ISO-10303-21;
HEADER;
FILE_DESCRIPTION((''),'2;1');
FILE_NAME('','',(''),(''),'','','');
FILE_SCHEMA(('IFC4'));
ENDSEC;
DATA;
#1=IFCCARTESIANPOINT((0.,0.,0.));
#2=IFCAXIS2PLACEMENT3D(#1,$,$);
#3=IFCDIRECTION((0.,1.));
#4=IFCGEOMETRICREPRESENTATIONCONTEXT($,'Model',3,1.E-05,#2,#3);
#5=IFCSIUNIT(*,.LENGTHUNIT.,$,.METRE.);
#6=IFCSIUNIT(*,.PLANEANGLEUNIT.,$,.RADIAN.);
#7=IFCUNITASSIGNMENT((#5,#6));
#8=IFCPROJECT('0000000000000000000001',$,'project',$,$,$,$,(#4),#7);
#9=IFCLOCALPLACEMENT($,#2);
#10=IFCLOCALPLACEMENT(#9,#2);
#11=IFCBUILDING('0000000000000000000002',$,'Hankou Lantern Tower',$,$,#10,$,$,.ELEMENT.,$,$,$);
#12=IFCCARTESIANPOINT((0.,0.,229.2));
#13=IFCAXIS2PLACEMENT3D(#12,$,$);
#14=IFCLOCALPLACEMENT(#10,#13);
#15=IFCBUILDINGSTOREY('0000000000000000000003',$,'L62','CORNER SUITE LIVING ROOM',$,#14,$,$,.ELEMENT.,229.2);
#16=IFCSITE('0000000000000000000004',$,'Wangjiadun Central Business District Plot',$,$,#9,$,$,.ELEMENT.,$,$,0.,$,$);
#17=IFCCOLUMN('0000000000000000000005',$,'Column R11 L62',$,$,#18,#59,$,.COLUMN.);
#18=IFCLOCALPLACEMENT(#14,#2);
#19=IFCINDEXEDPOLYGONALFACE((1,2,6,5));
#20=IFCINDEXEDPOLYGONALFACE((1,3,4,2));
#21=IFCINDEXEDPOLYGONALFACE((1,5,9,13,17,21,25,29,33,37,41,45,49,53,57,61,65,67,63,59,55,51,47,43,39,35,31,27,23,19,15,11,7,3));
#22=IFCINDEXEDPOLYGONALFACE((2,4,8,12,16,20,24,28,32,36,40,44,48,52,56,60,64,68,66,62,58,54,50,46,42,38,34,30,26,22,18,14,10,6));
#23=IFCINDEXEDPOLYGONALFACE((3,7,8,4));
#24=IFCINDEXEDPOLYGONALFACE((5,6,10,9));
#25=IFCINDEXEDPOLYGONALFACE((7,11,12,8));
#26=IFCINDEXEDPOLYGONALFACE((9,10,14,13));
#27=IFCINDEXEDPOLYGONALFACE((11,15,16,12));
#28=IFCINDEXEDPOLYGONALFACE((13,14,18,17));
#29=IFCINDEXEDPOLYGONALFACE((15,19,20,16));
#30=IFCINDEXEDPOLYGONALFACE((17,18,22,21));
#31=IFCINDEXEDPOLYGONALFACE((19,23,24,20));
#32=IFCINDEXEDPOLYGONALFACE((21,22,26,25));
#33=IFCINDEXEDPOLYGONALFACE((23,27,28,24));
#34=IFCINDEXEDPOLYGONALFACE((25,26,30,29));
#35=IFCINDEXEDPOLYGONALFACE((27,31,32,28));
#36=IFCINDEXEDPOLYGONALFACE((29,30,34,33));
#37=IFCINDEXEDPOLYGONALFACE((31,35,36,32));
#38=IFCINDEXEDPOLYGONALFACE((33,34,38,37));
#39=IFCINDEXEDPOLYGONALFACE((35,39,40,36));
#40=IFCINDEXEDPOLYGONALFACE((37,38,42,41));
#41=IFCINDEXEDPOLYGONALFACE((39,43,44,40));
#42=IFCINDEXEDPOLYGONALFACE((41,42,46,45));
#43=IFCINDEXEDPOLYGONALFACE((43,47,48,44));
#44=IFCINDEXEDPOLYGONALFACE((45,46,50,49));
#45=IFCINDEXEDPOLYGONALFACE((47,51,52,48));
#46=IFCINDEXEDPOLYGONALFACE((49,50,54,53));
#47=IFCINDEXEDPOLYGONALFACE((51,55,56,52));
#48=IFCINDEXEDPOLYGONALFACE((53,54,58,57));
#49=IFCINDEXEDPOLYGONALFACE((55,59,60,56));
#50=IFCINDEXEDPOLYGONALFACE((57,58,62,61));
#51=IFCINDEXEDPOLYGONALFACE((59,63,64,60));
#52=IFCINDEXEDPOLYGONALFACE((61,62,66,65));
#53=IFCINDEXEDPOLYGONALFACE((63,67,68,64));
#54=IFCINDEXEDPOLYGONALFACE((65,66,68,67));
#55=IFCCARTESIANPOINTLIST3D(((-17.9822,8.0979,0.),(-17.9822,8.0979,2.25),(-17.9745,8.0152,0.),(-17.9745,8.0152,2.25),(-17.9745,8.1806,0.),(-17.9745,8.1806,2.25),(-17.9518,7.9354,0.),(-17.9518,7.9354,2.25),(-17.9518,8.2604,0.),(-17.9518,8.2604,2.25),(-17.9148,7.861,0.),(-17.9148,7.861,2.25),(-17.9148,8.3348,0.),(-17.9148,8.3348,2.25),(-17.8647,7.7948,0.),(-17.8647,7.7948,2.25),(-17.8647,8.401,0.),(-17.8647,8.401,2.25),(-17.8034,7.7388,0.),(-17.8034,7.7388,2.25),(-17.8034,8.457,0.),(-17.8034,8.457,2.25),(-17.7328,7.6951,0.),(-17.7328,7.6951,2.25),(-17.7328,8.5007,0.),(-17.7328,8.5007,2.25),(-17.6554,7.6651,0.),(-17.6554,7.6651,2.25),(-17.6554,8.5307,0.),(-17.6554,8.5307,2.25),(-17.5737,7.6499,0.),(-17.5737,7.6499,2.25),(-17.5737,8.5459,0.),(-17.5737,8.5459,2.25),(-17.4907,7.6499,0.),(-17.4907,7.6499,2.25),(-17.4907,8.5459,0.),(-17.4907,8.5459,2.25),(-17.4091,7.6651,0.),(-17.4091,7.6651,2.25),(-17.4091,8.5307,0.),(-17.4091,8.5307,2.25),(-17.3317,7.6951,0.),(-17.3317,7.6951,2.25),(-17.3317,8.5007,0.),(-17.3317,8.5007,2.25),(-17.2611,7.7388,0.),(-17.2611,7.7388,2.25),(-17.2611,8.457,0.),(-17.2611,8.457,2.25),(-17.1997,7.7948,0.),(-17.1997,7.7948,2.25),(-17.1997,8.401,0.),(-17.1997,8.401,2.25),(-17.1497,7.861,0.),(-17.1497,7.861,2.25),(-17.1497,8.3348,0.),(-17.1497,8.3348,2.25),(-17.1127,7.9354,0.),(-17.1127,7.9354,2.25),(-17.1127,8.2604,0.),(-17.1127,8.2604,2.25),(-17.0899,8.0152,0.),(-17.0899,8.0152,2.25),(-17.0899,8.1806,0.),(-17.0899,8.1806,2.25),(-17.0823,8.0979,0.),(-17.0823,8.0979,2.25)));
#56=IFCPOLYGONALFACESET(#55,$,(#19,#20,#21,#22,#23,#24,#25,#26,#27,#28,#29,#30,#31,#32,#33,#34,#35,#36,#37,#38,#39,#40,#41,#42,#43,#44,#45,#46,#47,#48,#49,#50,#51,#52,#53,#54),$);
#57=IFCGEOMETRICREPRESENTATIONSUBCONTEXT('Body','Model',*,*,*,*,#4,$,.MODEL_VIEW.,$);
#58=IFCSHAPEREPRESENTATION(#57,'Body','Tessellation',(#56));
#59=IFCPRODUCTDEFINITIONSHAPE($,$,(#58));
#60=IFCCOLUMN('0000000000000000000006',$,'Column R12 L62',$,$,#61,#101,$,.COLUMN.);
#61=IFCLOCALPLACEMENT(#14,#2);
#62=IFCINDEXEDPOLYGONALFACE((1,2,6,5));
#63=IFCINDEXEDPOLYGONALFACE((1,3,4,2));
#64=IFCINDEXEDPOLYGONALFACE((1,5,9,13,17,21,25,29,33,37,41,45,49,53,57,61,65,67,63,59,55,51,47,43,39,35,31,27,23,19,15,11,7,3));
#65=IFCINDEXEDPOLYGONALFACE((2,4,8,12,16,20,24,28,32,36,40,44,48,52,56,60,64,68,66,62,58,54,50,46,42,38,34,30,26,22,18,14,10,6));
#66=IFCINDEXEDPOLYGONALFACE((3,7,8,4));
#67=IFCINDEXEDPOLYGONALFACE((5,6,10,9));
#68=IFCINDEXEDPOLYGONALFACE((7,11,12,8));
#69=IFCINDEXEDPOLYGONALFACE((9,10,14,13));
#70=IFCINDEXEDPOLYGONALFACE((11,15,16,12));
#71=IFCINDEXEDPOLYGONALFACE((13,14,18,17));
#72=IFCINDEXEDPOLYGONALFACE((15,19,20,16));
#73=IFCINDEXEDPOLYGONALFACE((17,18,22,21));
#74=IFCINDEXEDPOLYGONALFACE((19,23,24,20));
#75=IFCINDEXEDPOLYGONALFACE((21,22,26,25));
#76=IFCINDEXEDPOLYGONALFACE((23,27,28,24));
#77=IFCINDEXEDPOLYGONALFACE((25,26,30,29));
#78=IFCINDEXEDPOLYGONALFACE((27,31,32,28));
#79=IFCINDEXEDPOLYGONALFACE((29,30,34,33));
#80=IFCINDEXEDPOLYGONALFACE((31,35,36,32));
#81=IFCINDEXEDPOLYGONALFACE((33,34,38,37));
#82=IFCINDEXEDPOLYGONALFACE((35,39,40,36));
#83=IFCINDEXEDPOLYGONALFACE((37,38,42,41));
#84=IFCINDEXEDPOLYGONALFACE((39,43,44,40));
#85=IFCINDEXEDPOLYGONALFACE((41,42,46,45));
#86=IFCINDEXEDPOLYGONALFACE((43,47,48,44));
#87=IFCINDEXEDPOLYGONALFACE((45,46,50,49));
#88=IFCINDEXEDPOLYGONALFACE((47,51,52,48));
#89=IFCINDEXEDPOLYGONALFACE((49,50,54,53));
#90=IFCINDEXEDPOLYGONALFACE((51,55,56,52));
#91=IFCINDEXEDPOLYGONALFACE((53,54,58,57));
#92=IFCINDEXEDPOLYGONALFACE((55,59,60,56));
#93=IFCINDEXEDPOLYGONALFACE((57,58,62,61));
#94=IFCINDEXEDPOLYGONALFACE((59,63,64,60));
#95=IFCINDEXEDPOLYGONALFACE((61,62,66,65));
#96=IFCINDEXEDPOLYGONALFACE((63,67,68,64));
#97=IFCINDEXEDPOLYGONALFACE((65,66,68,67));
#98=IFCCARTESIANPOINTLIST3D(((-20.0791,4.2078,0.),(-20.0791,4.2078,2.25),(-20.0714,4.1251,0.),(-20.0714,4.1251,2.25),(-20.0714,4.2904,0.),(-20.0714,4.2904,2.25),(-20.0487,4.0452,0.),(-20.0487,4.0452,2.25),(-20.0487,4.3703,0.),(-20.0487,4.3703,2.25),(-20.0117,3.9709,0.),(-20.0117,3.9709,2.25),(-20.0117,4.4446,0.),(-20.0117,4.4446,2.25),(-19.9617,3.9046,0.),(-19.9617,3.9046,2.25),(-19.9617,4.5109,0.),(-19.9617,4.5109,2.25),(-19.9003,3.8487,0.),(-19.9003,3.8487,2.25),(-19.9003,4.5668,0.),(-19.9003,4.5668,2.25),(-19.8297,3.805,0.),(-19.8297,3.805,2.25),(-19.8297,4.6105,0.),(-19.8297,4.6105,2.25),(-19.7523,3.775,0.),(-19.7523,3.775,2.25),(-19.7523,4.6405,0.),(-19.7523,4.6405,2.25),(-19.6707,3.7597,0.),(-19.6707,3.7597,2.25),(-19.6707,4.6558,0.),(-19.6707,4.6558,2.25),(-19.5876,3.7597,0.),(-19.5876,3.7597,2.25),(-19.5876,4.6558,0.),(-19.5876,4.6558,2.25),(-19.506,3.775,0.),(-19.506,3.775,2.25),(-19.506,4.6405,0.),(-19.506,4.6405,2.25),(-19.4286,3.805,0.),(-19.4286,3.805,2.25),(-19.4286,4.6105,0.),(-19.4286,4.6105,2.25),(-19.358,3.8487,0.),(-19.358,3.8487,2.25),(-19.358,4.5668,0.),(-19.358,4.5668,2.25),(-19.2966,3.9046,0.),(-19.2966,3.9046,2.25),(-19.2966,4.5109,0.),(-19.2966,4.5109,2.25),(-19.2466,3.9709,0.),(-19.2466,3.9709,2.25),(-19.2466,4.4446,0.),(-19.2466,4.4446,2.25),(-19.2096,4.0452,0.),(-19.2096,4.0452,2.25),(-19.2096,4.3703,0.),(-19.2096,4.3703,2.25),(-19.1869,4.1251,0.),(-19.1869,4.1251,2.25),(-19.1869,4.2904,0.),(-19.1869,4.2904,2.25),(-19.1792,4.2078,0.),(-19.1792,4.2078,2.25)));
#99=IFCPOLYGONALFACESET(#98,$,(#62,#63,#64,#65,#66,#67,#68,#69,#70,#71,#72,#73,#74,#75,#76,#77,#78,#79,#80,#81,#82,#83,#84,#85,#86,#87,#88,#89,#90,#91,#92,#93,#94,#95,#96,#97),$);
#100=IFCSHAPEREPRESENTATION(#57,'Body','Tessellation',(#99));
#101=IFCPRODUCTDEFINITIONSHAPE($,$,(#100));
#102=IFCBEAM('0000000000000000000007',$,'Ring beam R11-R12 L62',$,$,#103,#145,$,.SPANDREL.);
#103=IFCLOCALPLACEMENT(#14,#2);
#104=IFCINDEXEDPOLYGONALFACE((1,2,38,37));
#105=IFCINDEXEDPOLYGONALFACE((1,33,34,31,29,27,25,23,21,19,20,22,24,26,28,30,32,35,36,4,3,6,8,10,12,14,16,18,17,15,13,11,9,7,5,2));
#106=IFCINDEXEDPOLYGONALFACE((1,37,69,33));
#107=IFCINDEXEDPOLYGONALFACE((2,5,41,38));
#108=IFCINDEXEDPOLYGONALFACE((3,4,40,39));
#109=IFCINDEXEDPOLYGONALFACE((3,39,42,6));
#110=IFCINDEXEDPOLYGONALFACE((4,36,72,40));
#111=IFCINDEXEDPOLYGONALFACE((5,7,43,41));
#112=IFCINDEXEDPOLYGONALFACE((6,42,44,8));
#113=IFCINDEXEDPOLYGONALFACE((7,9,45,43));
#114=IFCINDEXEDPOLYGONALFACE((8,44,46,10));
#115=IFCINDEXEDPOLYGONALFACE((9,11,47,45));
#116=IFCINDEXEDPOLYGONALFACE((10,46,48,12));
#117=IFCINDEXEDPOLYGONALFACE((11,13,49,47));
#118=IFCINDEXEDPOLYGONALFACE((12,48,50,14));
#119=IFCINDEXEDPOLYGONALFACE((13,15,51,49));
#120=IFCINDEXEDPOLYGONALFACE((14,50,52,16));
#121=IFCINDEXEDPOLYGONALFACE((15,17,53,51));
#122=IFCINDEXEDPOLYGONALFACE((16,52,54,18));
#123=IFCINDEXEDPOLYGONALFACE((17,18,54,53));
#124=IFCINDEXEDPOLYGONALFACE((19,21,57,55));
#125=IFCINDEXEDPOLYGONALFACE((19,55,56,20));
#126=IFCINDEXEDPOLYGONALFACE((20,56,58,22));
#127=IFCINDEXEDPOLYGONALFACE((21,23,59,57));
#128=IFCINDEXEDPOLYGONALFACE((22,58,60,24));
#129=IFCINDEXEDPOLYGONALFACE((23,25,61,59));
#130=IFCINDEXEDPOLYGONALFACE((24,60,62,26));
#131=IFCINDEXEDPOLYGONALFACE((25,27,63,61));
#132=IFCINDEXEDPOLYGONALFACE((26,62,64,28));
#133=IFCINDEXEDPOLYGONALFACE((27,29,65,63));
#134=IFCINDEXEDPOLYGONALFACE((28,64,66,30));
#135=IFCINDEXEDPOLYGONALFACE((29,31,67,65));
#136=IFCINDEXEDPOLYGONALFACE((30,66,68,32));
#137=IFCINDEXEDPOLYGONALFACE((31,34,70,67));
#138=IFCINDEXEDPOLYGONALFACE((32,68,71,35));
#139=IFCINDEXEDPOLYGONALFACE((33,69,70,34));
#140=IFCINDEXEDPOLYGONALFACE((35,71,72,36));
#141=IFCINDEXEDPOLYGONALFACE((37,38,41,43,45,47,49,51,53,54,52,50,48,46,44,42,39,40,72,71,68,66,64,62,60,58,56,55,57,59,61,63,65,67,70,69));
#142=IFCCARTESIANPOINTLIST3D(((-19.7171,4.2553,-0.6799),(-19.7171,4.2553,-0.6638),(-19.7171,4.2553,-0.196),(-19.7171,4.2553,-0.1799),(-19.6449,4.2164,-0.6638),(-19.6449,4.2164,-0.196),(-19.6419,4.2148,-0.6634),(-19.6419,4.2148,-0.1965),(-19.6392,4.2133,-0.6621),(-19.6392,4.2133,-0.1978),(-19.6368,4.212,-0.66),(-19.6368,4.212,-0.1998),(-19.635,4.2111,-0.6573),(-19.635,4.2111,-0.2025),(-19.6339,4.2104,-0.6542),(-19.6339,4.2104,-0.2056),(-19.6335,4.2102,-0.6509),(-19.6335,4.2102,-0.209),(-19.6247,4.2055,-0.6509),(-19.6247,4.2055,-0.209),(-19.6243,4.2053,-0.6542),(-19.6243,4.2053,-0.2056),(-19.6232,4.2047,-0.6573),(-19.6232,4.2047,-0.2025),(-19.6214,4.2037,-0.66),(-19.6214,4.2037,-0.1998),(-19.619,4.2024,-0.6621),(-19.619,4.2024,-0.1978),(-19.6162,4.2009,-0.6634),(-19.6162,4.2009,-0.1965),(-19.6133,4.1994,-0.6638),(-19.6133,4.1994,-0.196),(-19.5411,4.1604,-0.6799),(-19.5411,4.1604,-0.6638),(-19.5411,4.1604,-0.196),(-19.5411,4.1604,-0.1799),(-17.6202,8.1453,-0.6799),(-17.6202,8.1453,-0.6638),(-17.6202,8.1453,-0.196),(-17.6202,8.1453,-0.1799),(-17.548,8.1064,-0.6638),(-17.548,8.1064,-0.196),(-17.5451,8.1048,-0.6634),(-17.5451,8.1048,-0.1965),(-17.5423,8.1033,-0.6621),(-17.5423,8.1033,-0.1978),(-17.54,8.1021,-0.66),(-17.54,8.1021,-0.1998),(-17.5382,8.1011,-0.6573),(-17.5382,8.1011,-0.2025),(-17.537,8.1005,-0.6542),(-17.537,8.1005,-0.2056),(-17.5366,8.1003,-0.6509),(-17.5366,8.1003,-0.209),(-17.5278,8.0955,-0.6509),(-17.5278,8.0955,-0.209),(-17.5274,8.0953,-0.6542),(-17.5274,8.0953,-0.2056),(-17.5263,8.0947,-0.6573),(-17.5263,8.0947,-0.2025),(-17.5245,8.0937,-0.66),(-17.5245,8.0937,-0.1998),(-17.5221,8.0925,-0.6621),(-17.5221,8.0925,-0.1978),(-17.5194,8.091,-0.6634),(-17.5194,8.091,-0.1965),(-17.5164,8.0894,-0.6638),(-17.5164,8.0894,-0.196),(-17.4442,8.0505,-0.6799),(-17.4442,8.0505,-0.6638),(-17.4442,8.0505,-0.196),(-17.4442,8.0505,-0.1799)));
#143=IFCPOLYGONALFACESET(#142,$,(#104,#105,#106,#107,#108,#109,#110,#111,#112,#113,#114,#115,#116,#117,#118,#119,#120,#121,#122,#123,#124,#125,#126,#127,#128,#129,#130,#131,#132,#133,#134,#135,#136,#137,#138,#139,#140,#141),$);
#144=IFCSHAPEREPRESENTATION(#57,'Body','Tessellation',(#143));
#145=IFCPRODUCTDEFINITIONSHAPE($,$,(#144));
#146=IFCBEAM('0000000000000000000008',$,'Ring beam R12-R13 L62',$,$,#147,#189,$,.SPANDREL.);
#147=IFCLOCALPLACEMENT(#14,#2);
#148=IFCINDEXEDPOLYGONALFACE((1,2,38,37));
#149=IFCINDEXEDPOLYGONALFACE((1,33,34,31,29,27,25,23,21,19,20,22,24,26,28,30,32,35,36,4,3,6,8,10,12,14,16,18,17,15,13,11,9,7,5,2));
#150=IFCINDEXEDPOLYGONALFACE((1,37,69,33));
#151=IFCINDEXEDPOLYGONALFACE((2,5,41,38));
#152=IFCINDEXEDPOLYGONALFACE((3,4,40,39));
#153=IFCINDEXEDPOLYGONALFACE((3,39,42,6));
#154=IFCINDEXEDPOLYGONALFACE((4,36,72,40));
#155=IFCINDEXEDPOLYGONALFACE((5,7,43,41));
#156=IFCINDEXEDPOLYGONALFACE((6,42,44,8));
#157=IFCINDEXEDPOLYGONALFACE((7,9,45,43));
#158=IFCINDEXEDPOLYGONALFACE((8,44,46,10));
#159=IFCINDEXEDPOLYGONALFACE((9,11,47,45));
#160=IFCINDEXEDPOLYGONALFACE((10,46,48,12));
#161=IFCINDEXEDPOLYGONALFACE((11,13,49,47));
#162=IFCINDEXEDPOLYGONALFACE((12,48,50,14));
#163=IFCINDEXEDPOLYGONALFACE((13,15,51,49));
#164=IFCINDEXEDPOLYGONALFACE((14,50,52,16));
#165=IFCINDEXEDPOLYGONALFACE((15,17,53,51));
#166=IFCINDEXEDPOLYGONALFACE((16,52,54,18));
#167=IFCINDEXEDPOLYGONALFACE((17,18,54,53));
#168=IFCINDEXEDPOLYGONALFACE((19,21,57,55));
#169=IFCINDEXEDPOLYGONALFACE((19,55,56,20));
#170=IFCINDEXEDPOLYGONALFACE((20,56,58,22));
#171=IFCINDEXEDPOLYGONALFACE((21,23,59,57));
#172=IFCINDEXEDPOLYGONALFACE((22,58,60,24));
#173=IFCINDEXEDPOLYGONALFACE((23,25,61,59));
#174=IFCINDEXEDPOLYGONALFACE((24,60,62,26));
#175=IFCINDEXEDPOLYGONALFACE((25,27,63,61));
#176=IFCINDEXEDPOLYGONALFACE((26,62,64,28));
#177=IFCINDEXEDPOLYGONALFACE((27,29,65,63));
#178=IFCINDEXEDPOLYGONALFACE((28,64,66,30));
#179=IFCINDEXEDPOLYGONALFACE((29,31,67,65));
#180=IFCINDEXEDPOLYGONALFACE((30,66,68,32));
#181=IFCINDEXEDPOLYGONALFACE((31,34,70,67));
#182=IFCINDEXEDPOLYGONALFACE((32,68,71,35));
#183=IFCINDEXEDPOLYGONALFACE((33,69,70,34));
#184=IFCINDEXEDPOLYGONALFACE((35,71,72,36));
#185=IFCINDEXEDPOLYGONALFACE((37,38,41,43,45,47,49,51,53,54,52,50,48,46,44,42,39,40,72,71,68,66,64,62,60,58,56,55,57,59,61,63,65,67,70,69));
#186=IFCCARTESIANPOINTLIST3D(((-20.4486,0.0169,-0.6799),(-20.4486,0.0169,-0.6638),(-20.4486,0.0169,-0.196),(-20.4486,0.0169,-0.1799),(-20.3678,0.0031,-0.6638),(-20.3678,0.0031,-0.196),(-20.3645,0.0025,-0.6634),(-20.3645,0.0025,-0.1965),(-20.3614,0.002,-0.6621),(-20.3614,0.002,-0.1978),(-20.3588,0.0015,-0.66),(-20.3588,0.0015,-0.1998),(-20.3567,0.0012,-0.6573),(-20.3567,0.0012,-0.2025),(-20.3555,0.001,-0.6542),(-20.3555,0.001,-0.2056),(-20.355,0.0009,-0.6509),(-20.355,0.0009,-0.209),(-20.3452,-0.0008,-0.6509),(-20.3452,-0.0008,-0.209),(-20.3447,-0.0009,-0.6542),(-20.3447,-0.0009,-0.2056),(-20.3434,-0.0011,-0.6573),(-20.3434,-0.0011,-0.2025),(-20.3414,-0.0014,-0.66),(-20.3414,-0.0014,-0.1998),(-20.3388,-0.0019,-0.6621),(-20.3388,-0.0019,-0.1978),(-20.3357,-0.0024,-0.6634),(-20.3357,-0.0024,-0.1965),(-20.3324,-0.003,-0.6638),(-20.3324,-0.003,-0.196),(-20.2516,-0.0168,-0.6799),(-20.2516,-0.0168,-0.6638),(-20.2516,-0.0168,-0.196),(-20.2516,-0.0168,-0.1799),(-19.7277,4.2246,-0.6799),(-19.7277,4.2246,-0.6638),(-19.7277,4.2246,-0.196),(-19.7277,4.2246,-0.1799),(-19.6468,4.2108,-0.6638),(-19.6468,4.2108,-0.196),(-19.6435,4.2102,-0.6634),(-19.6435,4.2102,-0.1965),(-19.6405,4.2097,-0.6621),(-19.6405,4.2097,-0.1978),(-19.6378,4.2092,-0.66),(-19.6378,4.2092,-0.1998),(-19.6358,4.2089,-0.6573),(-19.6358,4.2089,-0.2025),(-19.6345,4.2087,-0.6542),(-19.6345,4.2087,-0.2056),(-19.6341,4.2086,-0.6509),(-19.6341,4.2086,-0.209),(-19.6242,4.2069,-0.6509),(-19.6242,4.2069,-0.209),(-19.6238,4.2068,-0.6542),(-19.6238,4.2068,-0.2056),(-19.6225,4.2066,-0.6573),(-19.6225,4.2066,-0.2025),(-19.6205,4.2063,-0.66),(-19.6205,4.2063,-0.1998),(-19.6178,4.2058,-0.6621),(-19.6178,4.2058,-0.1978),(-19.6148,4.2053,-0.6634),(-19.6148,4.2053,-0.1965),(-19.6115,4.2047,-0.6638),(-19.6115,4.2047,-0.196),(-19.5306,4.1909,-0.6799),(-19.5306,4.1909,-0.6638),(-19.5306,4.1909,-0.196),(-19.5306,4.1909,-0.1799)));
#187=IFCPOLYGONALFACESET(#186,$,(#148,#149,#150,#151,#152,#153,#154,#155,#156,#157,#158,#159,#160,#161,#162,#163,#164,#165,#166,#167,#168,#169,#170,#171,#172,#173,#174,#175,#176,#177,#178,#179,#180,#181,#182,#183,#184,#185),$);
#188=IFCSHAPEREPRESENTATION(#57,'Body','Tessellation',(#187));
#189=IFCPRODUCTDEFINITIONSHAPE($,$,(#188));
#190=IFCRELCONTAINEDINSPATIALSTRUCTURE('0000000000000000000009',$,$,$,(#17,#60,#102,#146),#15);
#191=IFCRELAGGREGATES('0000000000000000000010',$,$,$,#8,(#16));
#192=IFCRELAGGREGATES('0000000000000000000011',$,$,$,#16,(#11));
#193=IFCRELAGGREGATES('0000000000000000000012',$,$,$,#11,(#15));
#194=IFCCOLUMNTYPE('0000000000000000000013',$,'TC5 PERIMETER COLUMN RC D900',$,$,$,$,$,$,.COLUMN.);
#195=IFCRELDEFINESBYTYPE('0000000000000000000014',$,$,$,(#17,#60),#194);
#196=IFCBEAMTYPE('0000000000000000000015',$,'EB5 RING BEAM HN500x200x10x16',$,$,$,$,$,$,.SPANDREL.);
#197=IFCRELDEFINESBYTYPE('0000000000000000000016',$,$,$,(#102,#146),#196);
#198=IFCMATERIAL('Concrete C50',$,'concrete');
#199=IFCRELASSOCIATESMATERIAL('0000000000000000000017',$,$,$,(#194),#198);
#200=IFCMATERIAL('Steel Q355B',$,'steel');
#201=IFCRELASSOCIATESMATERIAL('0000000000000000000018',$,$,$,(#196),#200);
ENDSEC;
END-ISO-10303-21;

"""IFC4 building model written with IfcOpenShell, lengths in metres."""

from ifc_helpers import new_model, si_unit, direction, frame, origin, origin_2d, place, context, subcontext, project, spatial, circle, i_section, extrude, clip, halfspace, material, material_profile, profile_set, type_object, element, save


model = new_model("IFC4")

# Units and contexts
model_context = context("Model", 3, precision=1e-05, world=origin(), true_north=direction((0.0, 1.0)))
body_context = subcontext(model_context, "Body", "Model", "MODEL_VIEW")
ifc_project = project(units=[si_unit("LENGTHUNIT", "METRE"), si_unit("PLANEANGLEUNIT", "RADIAN")], contexts=[model_context])

# Site, building, storey
site_placement = place(None, origin())
site = spatial("IfcSite", under=ifc_project, at=site_placement, Name="Wangjiadun Central Business District Plot", CompositionType="ELEMENT", RefElevation=0.0)
building_placement = place(site_placement, origin())
building = spatial("IfcBuilding", under=site, at=building_placement, Name="Hankou Lantern Tower", CompositionType="ELEMENT")
storey_placement = place(building_placement, frame((0.0, 0.0, 229.2)))
storey = spatial("IfcBuildingStorey", under=building, at=storey_placement, Name="L62", Description="CORNER SUITE LIVING ROOM", CompositionType="ELEMENT", Elevation=229.2)

# Columns
ifc_material_1 = material(Name="Concrete C50", Category="concrete")
ifc_material_profile_1 = material_profile(ifc_material_1, circle(Radius=0.45, at=origin_2d()), Name="RC D900")
ifc_profile_set_1 = profile_set([ifc_material_profile_1], Name="Concrete C50")
column_type = type_object("IfcColumnType", Name="TC5 PERIMETER COLUMN RC D900", PredefinedType="COLUMN", material=ifc_profile_set_1)
for number, where, z_axis, x_axis, name in (
    (1, (-17.5322, 8.0979, 0.0), (0.0, 0.0, 1.0), (1.0, 0.0, 0.0), "Column R11 L62"),
    (2, (-19.6292, 4.2078, 0.0), (0.0, 0.0, 1.0), (1.0, 0.0, 0.0), "Column R12 L62"),
):
    element("IfcColumn", number, at=place(storey_placement, frame(where, z_axis=z_axis, x_axis=x_axis)), inside=storey, type_object=column_type, Name=name, PredefinedType="COLUMN", context=body_context, shape_type="Clipping", body=[
        clip(extrude(circle(Radius=0.45, at=origin_2d()), origin(), (0.0, 0.0, 1.0), 3.3), halfspace(frame((0.0, 0.0, 2.25), z_axis=(0.0, 0.0, 1.0), x_axis=(1.0, 0.0, 0.0)), False)),
    ])

# Beams
ifc_material_2 = material(Name="Steel Q355B", Category="steel")
ifc_material_profile_2 = material_profile(ifc_material_2, i_section(OverallWidth=0.2, OverallDepth=0.5, WebThickness=0.01, FlangeThickness=0.0161, FilletRadius=0.0129, at=origin_2d()), Name="HN500x200x10x16")
ifc_profile_set_2 = profile_set([ifc_material_profile_2], Name="Steel Q355B")
beam_type_1 = type_object("IfcBeamType", Name="EB5 RING BEAM HN500x200x10x16", PredefinedType="SPANDREL", material=ifc_profile_set_2)
beam_1_placement = place(storey_placement, frame((-17.5322, 8.0979, -0.4299), z_axis=(-0.474492, -0.88026, 0.0), x_axis=(0.88026, -0.474492, 0.0)))
element("IfcBeam", 3, at=beam_1_placement, inside=storey, type_object=beam_type_1, Name="Ring beam R11-R12 L62", PredefinedType="SPANDREL", context=body_context, shape_type="SweptSolid", body=[
    extrude(i_section(OverallWidth=0.2, OverallDepth=0.5, WebThickness=0.01, FlangeThickness=0.0161, FilletRadius=0.0129, at=origin_2d()), origin(), (0.0, 0.0, 1.0), 4.4192),
])
for number, where, z_axis, x_axis, name in (
    (4, (-19.6292, 4.2078, -0.4299), (-0.168877, -0.985637, 0.0), (0.985637, -0.168877, 0.0), "Ring beam R12-R13 L62"),
):
    element("IfcBeam", number, at=place(storey_placement, frame(where, z_axis=z_axis, x_axis=x_axis)), inside=storey, type_object=beam_type_1, Name=name, PredefinedType="SPANDREL", context=body_context, shape_type="SweptSolid", body=[
        extrude(i_section(OverallWidth=0.2, OverallDepth=0.5, WebThickness=0.01, FlangeThickness=0.0161, FilletRadius=0.0129, at=origin_2d()), origin(), (0.0, 0.0, 1.0), 4.269),
    ])

save(model, "model.ifc")
